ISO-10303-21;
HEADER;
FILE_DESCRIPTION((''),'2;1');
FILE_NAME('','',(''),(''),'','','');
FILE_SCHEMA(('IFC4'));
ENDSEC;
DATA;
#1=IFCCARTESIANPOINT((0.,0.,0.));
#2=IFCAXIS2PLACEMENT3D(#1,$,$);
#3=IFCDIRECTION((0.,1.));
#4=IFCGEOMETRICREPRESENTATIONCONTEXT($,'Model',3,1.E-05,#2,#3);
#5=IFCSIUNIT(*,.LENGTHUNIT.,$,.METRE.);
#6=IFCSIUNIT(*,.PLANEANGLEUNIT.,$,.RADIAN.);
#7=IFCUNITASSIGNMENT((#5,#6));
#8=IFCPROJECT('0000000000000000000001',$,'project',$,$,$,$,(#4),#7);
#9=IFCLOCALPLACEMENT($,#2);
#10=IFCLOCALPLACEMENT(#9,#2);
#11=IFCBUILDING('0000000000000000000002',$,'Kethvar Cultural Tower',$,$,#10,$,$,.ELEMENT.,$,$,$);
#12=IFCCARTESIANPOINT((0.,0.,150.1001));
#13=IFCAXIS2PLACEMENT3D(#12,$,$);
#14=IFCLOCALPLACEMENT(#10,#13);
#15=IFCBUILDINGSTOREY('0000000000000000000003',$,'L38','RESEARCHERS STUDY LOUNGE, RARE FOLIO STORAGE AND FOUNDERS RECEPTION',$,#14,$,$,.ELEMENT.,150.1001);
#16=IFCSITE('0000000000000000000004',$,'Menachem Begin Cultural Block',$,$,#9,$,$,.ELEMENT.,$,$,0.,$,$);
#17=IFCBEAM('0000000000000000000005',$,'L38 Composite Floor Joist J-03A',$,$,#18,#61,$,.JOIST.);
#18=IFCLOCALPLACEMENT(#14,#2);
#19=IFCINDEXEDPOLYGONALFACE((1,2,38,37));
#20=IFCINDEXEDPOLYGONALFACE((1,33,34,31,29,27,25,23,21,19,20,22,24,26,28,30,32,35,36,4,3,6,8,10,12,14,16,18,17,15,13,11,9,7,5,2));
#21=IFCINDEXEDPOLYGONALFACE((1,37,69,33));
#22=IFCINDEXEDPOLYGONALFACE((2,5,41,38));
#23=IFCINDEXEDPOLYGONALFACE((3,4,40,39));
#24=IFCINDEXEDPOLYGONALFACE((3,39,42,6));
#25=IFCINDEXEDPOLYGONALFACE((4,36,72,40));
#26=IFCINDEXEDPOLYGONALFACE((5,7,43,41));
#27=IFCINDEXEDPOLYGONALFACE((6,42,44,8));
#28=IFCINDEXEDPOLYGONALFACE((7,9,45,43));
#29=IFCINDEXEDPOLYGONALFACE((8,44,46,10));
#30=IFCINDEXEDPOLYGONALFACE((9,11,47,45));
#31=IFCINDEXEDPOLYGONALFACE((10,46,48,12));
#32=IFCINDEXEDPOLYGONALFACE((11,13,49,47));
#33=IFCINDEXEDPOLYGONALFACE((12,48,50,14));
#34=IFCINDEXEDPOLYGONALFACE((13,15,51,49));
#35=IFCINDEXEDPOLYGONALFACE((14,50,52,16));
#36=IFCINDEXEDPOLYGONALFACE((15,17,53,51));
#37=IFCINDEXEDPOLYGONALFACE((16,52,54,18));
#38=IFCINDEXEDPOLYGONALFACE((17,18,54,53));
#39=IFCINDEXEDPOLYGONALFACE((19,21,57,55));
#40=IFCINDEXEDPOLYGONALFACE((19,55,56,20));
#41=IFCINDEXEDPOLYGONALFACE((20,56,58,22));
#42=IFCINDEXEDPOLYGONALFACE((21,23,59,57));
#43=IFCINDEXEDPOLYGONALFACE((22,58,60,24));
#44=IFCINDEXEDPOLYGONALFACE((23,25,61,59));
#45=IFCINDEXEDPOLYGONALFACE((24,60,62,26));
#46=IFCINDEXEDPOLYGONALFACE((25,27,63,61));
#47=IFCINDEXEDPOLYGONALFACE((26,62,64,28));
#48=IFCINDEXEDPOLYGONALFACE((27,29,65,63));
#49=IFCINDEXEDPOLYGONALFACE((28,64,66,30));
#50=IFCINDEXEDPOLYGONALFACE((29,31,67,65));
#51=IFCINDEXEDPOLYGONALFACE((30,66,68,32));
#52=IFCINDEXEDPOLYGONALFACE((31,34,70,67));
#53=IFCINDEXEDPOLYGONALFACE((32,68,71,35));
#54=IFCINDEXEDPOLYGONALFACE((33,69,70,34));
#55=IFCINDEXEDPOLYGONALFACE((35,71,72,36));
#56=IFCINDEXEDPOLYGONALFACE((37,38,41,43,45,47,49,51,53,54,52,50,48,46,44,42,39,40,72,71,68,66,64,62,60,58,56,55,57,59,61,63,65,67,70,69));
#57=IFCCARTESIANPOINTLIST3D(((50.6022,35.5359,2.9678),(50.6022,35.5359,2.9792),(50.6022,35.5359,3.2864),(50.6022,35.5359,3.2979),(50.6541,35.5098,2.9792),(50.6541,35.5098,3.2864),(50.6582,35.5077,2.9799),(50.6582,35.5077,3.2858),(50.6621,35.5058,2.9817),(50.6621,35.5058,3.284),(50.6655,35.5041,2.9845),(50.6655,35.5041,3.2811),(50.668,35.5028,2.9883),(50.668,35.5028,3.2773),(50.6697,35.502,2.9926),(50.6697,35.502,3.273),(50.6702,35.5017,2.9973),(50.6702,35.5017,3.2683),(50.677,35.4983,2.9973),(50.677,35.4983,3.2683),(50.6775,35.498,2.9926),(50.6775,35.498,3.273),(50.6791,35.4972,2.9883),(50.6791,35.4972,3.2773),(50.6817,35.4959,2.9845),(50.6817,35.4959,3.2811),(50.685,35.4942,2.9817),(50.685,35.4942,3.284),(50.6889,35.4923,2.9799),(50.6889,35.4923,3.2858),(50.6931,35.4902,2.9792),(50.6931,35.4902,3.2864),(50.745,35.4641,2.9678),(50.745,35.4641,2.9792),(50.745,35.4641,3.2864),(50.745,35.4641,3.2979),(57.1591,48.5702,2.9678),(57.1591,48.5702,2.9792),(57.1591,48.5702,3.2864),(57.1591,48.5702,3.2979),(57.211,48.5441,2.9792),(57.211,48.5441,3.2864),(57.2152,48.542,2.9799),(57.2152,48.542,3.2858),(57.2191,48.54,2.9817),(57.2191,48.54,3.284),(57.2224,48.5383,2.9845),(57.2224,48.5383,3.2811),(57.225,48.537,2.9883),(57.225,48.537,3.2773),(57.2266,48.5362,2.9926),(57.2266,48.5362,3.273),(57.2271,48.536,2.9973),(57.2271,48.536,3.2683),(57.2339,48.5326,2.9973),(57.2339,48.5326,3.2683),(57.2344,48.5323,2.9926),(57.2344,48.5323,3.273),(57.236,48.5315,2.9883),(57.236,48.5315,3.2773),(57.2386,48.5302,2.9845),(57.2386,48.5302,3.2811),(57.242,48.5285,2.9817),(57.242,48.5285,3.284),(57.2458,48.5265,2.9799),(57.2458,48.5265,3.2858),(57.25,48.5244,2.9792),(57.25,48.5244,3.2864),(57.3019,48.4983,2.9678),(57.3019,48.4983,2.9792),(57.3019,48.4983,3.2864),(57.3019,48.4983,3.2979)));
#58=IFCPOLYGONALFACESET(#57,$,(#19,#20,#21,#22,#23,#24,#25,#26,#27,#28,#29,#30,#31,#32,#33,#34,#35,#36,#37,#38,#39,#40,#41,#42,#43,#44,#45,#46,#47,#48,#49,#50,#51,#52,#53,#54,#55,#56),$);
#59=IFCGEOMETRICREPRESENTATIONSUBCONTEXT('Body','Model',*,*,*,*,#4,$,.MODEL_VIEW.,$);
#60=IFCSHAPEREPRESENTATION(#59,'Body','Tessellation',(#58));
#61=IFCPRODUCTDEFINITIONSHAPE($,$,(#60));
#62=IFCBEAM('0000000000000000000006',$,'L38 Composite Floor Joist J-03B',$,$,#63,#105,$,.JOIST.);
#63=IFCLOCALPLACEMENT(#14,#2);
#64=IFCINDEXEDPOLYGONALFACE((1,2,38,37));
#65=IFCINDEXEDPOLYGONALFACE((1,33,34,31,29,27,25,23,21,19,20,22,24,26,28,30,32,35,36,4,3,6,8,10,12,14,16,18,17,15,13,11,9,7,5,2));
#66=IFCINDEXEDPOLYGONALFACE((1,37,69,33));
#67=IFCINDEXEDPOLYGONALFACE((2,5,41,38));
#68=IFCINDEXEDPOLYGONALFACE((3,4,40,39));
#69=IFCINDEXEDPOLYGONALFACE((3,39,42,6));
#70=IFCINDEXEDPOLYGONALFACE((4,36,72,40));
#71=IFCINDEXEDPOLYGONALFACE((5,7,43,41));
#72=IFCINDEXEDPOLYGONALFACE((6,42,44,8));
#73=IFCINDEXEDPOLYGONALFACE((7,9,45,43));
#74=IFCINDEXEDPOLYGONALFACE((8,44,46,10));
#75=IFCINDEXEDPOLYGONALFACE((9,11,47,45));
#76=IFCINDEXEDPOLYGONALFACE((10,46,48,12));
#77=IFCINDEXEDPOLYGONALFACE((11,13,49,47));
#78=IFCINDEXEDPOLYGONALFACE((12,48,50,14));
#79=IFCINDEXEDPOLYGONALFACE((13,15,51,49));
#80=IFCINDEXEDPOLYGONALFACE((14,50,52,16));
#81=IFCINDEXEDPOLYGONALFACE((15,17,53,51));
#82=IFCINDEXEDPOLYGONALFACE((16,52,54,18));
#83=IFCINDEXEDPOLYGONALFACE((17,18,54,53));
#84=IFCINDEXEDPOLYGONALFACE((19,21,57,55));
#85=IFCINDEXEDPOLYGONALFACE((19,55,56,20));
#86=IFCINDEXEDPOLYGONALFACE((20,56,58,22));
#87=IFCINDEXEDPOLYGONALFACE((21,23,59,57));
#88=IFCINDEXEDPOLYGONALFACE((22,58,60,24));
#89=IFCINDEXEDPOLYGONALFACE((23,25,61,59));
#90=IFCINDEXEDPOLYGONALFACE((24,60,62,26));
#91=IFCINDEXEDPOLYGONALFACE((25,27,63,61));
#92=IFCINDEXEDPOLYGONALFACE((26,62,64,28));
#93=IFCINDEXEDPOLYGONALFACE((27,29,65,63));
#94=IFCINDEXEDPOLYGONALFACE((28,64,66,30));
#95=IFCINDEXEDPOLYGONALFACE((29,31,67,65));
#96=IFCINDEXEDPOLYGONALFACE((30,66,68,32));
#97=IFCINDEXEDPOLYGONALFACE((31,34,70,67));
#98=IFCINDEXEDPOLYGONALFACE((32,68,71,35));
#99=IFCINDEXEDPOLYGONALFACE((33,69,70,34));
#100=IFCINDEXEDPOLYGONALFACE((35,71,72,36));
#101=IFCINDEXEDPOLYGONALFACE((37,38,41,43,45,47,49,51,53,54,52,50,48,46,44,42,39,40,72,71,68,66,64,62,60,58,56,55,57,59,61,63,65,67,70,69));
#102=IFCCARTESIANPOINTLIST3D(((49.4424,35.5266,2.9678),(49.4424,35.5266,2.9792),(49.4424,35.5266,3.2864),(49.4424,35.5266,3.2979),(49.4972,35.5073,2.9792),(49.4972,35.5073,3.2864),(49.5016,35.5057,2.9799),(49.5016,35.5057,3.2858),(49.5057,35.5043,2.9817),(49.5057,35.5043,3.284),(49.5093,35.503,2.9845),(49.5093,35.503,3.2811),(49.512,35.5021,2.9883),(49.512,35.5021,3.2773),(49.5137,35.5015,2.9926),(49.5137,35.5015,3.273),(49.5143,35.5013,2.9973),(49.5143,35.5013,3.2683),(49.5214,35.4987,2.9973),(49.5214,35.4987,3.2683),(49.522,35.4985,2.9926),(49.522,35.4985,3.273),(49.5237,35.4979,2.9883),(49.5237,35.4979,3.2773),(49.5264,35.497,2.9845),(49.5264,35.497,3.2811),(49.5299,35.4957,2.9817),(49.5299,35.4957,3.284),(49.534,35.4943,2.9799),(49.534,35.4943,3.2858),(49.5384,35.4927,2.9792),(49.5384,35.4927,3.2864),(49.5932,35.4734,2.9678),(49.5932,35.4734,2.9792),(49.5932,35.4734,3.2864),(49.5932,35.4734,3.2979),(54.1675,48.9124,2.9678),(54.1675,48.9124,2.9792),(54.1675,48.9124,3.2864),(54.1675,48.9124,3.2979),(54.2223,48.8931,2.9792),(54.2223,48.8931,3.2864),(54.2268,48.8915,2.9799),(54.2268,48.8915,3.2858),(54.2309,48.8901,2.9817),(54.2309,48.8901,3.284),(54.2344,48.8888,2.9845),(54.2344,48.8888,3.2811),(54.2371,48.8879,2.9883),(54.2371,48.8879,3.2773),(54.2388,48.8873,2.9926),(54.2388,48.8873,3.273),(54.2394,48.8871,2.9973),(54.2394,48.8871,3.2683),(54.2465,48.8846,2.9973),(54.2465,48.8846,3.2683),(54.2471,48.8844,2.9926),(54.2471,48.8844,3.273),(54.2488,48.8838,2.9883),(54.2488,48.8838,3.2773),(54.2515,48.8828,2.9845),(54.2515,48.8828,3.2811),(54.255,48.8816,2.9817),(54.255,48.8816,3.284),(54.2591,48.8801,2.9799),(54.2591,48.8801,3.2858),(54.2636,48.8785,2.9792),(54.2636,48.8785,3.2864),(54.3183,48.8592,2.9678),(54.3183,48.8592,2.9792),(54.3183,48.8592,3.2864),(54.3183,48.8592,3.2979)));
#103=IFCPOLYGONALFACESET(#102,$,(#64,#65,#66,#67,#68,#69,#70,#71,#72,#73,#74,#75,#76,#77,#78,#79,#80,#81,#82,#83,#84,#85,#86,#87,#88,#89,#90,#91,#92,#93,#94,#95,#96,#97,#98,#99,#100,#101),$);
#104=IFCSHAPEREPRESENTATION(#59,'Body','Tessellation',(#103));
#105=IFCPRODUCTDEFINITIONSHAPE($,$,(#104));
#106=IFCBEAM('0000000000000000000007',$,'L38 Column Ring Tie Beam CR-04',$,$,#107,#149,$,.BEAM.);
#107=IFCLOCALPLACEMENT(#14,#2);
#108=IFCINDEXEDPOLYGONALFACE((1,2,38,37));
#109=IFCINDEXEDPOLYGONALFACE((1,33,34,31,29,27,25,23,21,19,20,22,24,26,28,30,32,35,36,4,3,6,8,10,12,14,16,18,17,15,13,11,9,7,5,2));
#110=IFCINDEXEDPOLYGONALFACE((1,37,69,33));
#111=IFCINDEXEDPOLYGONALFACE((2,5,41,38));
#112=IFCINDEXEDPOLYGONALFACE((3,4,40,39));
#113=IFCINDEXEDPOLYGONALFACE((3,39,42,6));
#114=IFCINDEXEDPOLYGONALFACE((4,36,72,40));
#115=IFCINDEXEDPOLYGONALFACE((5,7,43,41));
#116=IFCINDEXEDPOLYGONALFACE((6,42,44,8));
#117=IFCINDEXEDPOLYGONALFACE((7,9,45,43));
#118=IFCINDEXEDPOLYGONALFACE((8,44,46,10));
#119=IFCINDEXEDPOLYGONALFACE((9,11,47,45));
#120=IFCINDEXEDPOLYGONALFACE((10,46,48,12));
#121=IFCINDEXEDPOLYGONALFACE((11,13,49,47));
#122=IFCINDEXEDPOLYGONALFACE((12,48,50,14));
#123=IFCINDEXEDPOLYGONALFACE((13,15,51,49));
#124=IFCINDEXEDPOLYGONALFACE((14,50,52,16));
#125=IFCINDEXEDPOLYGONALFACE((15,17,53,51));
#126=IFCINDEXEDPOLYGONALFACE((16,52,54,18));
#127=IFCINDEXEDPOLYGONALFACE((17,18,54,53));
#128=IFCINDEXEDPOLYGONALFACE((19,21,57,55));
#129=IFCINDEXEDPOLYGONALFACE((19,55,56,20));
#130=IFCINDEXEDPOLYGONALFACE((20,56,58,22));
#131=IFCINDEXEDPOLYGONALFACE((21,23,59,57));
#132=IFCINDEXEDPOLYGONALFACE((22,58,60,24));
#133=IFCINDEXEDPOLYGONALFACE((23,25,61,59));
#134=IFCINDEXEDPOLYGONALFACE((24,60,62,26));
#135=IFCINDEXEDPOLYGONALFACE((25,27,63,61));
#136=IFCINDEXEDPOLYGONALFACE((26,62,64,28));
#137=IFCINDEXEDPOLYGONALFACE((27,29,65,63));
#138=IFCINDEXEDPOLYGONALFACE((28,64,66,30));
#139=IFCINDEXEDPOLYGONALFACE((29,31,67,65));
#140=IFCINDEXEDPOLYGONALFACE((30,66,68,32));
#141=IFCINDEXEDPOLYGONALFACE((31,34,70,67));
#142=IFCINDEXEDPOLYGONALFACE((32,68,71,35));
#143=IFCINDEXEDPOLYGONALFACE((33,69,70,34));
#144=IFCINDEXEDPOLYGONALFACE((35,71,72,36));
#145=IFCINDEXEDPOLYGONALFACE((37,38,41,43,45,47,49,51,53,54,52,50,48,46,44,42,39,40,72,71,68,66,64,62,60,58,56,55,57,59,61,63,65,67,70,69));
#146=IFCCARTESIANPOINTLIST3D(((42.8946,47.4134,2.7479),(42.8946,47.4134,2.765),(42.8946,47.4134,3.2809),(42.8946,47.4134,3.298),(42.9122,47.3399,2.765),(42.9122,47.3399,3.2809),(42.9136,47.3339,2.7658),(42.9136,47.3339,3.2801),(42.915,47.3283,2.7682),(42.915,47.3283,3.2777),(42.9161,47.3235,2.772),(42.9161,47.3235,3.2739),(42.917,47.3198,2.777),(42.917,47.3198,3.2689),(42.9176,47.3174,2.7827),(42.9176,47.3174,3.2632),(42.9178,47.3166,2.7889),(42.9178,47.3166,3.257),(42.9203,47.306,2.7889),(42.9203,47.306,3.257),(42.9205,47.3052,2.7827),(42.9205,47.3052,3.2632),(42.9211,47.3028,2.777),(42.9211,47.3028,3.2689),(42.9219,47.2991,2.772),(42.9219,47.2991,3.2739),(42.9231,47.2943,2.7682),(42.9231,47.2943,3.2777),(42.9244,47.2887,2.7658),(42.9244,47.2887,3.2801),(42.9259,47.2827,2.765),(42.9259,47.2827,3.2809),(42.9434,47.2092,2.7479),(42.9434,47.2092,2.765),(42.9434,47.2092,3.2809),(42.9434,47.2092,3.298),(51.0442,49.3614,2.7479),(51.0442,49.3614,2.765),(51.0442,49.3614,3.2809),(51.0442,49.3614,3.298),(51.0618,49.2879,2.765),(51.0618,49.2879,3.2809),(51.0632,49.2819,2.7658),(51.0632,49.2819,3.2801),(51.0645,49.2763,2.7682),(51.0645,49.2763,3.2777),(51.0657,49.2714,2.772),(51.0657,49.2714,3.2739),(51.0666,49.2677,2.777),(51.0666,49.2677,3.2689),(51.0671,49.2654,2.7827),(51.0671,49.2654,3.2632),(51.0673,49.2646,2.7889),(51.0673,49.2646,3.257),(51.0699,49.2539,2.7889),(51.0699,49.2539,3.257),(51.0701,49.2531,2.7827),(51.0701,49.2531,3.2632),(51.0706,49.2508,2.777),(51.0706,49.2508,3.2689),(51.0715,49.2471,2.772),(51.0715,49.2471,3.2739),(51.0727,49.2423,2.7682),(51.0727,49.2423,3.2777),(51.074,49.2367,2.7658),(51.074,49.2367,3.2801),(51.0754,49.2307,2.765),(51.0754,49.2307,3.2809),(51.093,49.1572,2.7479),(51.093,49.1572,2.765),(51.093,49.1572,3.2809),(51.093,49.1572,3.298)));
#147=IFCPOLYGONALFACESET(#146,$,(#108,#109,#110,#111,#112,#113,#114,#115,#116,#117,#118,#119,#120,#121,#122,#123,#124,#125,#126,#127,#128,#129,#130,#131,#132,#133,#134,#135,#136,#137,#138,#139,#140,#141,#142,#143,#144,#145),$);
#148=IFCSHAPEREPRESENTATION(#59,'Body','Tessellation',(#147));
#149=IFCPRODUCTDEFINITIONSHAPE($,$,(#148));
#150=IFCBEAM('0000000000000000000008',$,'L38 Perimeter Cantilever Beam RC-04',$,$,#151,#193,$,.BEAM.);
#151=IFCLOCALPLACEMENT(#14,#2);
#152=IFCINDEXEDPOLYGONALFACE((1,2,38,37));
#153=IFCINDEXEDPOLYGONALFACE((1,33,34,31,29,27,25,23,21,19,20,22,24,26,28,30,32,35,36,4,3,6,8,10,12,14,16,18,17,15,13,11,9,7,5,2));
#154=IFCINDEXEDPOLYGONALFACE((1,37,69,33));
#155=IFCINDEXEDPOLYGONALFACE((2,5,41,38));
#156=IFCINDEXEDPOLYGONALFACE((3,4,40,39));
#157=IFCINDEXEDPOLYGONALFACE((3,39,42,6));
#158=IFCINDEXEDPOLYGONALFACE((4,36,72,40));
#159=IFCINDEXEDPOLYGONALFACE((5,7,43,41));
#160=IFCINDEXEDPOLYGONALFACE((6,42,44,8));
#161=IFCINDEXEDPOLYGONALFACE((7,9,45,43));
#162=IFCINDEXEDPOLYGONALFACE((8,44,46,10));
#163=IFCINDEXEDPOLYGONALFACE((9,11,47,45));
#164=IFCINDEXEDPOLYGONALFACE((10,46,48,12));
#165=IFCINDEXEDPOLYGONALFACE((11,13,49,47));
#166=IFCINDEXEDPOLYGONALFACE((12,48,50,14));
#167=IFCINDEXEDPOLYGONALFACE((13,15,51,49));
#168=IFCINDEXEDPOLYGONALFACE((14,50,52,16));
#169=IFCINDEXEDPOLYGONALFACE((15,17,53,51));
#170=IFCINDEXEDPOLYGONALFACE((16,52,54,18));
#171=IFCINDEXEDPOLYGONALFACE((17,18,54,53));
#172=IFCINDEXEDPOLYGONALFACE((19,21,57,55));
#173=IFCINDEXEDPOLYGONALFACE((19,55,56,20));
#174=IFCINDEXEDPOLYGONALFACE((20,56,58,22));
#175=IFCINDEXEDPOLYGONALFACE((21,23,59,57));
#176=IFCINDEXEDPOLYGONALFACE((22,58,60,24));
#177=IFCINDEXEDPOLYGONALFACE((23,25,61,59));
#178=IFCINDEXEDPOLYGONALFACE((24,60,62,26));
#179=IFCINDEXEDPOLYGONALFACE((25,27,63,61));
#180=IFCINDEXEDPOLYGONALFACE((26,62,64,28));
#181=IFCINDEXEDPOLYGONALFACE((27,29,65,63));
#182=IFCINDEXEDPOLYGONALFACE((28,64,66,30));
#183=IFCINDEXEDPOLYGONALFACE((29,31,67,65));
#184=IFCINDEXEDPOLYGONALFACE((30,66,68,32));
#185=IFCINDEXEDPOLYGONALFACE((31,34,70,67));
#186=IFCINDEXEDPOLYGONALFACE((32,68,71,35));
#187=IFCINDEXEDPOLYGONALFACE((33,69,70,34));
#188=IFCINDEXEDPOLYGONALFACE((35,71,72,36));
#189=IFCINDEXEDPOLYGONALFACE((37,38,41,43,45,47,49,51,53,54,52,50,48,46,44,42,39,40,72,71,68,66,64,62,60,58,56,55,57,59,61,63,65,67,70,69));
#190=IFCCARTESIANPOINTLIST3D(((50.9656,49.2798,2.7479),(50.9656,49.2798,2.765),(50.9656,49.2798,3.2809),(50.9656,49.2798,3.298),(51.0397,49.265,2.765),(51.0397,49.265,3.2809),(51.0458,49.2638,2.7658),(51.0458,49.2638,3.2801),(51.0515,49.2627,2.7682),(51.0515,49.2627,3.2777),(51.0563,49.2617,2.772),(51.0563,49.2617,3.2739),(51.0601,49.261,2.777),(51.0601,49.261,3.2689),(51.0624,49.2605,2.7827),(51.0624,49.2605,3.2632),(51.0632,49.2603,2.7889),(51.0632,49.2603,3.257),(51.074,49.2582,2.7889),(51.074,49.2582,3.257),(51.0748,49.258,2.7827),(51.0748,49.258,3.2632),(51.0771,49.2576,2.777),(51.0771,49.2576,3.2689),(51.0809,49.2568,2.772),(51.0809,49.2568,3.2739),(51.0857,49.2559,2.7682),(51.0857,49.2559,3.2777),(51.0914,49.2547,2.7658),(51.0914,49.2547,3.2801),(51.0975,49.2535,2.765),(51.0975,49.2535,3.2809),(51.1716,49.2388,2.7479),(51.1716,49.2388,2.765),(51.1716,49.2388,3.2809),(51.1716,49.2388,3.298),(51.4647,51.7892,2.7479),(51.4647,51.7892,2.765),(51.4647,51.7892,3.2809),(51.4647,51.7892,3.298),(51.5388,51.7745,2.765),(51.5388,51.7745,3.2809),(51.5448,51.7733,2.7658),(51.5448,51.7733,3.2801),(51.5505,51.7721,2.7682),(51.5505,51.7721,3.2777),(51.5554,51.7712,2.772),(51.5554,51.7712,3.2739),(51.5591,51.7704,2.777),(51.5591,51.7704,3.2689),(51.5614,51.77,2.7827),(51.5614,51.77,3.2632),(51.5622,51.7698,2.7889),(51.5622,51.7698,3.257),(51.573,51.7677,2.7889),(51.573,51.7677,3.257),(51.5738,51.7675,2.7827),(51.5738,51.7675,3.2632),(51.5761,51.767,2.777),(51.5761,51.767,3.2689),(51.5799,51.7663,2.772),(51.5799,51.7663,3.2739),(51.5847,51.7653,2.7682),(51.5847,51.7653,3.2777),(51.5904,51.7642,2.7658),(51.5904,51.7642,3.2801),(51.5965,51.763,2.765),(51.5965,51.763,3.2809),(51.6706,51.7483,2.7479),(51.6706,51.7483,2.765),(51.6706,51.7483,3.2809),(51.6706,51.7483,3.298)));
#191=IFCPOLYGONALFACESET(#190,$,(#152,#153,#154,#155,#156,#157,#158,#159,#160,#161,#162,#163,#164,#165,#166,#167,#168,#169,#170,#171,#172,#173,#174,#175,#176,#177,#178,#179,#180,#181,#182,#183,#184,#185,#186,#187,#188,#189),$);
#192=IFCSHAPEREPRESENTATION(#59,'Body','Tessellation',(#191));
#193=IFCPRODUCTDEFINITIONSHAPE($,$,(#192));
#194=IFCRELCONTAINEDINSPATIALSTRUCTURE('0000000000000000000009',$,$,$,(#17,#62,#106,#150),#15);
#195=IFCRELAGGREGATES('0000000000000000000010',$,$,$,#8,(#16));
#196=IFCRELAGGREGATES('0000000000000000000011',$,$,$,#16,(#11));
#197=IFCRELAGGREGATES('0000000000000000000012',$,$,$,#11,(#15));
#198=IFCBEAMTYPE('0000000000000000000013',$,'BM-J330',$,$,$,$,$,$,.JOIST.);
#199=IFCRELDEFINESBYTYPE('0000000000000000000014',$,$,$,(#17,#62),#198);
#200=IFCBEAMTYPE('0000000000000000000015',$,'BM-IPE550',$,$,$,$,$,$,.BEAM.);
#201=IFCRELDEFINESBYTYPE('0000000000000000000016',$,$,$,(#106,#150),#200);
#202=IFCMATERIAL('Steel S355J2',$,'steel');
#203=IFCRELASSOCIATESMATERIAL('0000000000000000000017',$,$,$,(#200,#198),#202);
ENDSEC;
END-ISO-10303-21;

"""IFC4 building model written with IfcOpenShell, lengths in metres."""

from ifc_helpers import new_model, si_unit, direction, frame, origin, origin_2d, place, context, subcontext, project, spatial, i_section, extrude, source, transform, mapped, material, material_profile, profile_set, type_object, element, save


model = new_model("IFC4")

# Units and contexts
model_context = context("Model", 3, precision=1e-05, world=origin(), true_north=direction((0.0, 1.0)))
body_context = subcontext(model_context, "Body", "Model", "MODEL_VIEW")
ifc_project = project(units=[si_unit("LENGTHUNIT", "METRE"), si_unit("PLANEANGLEUNIT", "RADIAN")], contexts=[model_context])

# Site, building, storey
site_placement = place(None, origin())
site = spatial("IfcSite", under=ifc_project, at=site_placement, Name="Menachem Begin Cultural Block", CompositionType="ELEMENT", RefElevation=0.0)
building_placement = place(site_placement, origin())
building = spatial("IfcBuilding", under=site, at=building_placement, Name="Kethvar Cultural Tower", CompositionType="ELEMENT")
storey_placement = place(building_placement, frame((0.0, 0.0, 150.1001)))
storey = spatial("IfcBuildingStorey", under=building, at=storey_placement, Name="L38", Description="RESEARCHERS STUDY LOUNGE, RARE FOLIO STORAGE AND FOUNDERS RECEPTION", CompositionType="ELEMENT", Elevation=150.1001)

# Beams
ifc_material_1 = material(Name="Steel S355J2", Category="steel")
ifc_material_profile_1 = material_profile(ifc_material_1, i_section(OverallWidth=0.21, OverallDepth=0.55, WebThickness=0.011, FlangeThickness=0.0171, FilletRadius=0.0239, at=origin_2d()), Name="Steel S355J2 — IPE550")
ifc_profile_set_1 = profile_set([ifc_material_profile_1], Name="Steel S355J2 — IPE550")
beam_type_1 = type_object("IfcBeamType", Name="BM-IPE550", PredefinedType="BEAM", material=ifc_profile_set_1)
ifc_material_profile_2 = material_profile(ifc_material_1, i_section(OverallWidth=0.1599, OverallDepth=0.3301, WebThickness=0.0076, FlangeThickness=0.0115, FilletRadius=0.0181, at=origin_2d()), Name="Steel S355J2 — IPE330")
ifc_profile_set_2 = profile_set([ifc_material_profile_2], Name="Steel S355J2 — IPE330")
beam_type_2 = type_object("IfcBeamType", Name="BM-J330", PredefinedType="JOIST", material=ifc_profile_set_2)
shared_shape_1 = source(origin(), body_context, "Body", "SweptSolid", [
    extrude(i_section(OverallWidth=0.1599, OverallDepth=0.3301, WebThickness=0.0076, FlangeThickness=0.0115, FilletRadius=0.0181, at=origin_2d()), origin(), (0.0, 0.0, 1.0), 14.5906),
])
beam_1_placement = place(storey_placement, frame((50.6736, 35.5, 3.1328), z_axis=(0.449394, 0.893334, 0.0), x_axis=(-0.893334, 0.449394, 0.0)))
element("IfcBeam", 1, at=beam_1_placement, inside=storey, type_object=beam_type_2, Name="L38 Composite Floor Joist J-03A", PredefinedType="JOIST", context=body_context, shape_type="MappedRepresentation", body=[
    mapped(shared_shape_1, transform((0.0, 0.0, 0.0), scale=1.0)),
])
shared_shape_2 = source(origin(), body_context, "Body", "SweptSolid", [
    extrude(i_section(OverallWidth=0.1599, OverallDepth=0.3301, WebThickness=0.0076, FlangeThickness=0.0115, FilletRadius=0.0181, at=origin_2d()), origin(), (0.0, 0.0, 1.0), 14.1953),
])
beam_2_placement = place(storey_placement, frame((49.5178, 35.5, 3.1328), z_axis=(0.332865, 0.942974, 0.0), x_axis=(-0.942974, 0.332865, 0.0)))
element("IfcBeam", 2, at=beam_2_placement, inside=storey, type_object=beam_type_2, Name="L38 Composite Floor Joist J-03B", PredefinedType="JOIST", context=body_context, shape_type="MappedRepresentation", body=[
    mapped(shared_shape_2, transform((0.0, 0.0, 0.0), scale=1.0)),
])
shared_shape_3 = source(origin(), body_context, "Body", "SweptSolid", [
    extrude(i_section(OverallWidth=0.21, OverallDepth=0.55, WebThickness=0.011, FlangeThickness=0.0171, FilletRadius=0.0239, at=origin_2d()), origin(), (0.0, 0.0, 1.0), 8.3792),
])
beam_3_placement = place(storey_placement, frame((51.0686, 49.2593, 3.0229), z_axis=(-0.972601, -0.232479, 0.0), x_axis=(0.232479, -0.972601, 0.0)))
element("IfcBeam", 3, at=beam_3_placement, inside=storey, type_object=beam_type_1, Name="L38 Column Ring Tie Beam CR-04", PredefinedType="BEAM", context=body_context, shape_type="MappedRepresentation", body=[
    mapped(shared_shape_3, transform((0.0, 0.0, 0.0), scale=1.0)),
])
shared_shape_4 = source(origin(), body_context, "Body", "SweptSolid", [
    extrude(i_section(OverallWidth=0.21, OverallDepth=0.55, WebThickness=0.011, FlangeThickness=0.0171, FilletRadius=0.0239, at=origin_2d()), origin(), (0.0, 0.0, 1.0), 2.5586),
])
beam_4_placement = place(storey_placement, frame((51.0686, 49.2593, 3.0229), z_axis=(0.195033, 0.980797, 0.0), x_axis=(-0.980797, 0.195033, 0.0)))
element("IfcBeam", 4, at=beam_4_placement, inside=storey, type_object=beam_type_1, Name="L38 Perimeter Cantilever Beam RC-04", PredefinedType="BEAM", context=body_context, shape_type="MappedRepresentation", body=[
    mapped(shared_shape_4, transform((0.0, 0.0, 0.0), scale=1.0)),
])

save(model, "model.ifc")
